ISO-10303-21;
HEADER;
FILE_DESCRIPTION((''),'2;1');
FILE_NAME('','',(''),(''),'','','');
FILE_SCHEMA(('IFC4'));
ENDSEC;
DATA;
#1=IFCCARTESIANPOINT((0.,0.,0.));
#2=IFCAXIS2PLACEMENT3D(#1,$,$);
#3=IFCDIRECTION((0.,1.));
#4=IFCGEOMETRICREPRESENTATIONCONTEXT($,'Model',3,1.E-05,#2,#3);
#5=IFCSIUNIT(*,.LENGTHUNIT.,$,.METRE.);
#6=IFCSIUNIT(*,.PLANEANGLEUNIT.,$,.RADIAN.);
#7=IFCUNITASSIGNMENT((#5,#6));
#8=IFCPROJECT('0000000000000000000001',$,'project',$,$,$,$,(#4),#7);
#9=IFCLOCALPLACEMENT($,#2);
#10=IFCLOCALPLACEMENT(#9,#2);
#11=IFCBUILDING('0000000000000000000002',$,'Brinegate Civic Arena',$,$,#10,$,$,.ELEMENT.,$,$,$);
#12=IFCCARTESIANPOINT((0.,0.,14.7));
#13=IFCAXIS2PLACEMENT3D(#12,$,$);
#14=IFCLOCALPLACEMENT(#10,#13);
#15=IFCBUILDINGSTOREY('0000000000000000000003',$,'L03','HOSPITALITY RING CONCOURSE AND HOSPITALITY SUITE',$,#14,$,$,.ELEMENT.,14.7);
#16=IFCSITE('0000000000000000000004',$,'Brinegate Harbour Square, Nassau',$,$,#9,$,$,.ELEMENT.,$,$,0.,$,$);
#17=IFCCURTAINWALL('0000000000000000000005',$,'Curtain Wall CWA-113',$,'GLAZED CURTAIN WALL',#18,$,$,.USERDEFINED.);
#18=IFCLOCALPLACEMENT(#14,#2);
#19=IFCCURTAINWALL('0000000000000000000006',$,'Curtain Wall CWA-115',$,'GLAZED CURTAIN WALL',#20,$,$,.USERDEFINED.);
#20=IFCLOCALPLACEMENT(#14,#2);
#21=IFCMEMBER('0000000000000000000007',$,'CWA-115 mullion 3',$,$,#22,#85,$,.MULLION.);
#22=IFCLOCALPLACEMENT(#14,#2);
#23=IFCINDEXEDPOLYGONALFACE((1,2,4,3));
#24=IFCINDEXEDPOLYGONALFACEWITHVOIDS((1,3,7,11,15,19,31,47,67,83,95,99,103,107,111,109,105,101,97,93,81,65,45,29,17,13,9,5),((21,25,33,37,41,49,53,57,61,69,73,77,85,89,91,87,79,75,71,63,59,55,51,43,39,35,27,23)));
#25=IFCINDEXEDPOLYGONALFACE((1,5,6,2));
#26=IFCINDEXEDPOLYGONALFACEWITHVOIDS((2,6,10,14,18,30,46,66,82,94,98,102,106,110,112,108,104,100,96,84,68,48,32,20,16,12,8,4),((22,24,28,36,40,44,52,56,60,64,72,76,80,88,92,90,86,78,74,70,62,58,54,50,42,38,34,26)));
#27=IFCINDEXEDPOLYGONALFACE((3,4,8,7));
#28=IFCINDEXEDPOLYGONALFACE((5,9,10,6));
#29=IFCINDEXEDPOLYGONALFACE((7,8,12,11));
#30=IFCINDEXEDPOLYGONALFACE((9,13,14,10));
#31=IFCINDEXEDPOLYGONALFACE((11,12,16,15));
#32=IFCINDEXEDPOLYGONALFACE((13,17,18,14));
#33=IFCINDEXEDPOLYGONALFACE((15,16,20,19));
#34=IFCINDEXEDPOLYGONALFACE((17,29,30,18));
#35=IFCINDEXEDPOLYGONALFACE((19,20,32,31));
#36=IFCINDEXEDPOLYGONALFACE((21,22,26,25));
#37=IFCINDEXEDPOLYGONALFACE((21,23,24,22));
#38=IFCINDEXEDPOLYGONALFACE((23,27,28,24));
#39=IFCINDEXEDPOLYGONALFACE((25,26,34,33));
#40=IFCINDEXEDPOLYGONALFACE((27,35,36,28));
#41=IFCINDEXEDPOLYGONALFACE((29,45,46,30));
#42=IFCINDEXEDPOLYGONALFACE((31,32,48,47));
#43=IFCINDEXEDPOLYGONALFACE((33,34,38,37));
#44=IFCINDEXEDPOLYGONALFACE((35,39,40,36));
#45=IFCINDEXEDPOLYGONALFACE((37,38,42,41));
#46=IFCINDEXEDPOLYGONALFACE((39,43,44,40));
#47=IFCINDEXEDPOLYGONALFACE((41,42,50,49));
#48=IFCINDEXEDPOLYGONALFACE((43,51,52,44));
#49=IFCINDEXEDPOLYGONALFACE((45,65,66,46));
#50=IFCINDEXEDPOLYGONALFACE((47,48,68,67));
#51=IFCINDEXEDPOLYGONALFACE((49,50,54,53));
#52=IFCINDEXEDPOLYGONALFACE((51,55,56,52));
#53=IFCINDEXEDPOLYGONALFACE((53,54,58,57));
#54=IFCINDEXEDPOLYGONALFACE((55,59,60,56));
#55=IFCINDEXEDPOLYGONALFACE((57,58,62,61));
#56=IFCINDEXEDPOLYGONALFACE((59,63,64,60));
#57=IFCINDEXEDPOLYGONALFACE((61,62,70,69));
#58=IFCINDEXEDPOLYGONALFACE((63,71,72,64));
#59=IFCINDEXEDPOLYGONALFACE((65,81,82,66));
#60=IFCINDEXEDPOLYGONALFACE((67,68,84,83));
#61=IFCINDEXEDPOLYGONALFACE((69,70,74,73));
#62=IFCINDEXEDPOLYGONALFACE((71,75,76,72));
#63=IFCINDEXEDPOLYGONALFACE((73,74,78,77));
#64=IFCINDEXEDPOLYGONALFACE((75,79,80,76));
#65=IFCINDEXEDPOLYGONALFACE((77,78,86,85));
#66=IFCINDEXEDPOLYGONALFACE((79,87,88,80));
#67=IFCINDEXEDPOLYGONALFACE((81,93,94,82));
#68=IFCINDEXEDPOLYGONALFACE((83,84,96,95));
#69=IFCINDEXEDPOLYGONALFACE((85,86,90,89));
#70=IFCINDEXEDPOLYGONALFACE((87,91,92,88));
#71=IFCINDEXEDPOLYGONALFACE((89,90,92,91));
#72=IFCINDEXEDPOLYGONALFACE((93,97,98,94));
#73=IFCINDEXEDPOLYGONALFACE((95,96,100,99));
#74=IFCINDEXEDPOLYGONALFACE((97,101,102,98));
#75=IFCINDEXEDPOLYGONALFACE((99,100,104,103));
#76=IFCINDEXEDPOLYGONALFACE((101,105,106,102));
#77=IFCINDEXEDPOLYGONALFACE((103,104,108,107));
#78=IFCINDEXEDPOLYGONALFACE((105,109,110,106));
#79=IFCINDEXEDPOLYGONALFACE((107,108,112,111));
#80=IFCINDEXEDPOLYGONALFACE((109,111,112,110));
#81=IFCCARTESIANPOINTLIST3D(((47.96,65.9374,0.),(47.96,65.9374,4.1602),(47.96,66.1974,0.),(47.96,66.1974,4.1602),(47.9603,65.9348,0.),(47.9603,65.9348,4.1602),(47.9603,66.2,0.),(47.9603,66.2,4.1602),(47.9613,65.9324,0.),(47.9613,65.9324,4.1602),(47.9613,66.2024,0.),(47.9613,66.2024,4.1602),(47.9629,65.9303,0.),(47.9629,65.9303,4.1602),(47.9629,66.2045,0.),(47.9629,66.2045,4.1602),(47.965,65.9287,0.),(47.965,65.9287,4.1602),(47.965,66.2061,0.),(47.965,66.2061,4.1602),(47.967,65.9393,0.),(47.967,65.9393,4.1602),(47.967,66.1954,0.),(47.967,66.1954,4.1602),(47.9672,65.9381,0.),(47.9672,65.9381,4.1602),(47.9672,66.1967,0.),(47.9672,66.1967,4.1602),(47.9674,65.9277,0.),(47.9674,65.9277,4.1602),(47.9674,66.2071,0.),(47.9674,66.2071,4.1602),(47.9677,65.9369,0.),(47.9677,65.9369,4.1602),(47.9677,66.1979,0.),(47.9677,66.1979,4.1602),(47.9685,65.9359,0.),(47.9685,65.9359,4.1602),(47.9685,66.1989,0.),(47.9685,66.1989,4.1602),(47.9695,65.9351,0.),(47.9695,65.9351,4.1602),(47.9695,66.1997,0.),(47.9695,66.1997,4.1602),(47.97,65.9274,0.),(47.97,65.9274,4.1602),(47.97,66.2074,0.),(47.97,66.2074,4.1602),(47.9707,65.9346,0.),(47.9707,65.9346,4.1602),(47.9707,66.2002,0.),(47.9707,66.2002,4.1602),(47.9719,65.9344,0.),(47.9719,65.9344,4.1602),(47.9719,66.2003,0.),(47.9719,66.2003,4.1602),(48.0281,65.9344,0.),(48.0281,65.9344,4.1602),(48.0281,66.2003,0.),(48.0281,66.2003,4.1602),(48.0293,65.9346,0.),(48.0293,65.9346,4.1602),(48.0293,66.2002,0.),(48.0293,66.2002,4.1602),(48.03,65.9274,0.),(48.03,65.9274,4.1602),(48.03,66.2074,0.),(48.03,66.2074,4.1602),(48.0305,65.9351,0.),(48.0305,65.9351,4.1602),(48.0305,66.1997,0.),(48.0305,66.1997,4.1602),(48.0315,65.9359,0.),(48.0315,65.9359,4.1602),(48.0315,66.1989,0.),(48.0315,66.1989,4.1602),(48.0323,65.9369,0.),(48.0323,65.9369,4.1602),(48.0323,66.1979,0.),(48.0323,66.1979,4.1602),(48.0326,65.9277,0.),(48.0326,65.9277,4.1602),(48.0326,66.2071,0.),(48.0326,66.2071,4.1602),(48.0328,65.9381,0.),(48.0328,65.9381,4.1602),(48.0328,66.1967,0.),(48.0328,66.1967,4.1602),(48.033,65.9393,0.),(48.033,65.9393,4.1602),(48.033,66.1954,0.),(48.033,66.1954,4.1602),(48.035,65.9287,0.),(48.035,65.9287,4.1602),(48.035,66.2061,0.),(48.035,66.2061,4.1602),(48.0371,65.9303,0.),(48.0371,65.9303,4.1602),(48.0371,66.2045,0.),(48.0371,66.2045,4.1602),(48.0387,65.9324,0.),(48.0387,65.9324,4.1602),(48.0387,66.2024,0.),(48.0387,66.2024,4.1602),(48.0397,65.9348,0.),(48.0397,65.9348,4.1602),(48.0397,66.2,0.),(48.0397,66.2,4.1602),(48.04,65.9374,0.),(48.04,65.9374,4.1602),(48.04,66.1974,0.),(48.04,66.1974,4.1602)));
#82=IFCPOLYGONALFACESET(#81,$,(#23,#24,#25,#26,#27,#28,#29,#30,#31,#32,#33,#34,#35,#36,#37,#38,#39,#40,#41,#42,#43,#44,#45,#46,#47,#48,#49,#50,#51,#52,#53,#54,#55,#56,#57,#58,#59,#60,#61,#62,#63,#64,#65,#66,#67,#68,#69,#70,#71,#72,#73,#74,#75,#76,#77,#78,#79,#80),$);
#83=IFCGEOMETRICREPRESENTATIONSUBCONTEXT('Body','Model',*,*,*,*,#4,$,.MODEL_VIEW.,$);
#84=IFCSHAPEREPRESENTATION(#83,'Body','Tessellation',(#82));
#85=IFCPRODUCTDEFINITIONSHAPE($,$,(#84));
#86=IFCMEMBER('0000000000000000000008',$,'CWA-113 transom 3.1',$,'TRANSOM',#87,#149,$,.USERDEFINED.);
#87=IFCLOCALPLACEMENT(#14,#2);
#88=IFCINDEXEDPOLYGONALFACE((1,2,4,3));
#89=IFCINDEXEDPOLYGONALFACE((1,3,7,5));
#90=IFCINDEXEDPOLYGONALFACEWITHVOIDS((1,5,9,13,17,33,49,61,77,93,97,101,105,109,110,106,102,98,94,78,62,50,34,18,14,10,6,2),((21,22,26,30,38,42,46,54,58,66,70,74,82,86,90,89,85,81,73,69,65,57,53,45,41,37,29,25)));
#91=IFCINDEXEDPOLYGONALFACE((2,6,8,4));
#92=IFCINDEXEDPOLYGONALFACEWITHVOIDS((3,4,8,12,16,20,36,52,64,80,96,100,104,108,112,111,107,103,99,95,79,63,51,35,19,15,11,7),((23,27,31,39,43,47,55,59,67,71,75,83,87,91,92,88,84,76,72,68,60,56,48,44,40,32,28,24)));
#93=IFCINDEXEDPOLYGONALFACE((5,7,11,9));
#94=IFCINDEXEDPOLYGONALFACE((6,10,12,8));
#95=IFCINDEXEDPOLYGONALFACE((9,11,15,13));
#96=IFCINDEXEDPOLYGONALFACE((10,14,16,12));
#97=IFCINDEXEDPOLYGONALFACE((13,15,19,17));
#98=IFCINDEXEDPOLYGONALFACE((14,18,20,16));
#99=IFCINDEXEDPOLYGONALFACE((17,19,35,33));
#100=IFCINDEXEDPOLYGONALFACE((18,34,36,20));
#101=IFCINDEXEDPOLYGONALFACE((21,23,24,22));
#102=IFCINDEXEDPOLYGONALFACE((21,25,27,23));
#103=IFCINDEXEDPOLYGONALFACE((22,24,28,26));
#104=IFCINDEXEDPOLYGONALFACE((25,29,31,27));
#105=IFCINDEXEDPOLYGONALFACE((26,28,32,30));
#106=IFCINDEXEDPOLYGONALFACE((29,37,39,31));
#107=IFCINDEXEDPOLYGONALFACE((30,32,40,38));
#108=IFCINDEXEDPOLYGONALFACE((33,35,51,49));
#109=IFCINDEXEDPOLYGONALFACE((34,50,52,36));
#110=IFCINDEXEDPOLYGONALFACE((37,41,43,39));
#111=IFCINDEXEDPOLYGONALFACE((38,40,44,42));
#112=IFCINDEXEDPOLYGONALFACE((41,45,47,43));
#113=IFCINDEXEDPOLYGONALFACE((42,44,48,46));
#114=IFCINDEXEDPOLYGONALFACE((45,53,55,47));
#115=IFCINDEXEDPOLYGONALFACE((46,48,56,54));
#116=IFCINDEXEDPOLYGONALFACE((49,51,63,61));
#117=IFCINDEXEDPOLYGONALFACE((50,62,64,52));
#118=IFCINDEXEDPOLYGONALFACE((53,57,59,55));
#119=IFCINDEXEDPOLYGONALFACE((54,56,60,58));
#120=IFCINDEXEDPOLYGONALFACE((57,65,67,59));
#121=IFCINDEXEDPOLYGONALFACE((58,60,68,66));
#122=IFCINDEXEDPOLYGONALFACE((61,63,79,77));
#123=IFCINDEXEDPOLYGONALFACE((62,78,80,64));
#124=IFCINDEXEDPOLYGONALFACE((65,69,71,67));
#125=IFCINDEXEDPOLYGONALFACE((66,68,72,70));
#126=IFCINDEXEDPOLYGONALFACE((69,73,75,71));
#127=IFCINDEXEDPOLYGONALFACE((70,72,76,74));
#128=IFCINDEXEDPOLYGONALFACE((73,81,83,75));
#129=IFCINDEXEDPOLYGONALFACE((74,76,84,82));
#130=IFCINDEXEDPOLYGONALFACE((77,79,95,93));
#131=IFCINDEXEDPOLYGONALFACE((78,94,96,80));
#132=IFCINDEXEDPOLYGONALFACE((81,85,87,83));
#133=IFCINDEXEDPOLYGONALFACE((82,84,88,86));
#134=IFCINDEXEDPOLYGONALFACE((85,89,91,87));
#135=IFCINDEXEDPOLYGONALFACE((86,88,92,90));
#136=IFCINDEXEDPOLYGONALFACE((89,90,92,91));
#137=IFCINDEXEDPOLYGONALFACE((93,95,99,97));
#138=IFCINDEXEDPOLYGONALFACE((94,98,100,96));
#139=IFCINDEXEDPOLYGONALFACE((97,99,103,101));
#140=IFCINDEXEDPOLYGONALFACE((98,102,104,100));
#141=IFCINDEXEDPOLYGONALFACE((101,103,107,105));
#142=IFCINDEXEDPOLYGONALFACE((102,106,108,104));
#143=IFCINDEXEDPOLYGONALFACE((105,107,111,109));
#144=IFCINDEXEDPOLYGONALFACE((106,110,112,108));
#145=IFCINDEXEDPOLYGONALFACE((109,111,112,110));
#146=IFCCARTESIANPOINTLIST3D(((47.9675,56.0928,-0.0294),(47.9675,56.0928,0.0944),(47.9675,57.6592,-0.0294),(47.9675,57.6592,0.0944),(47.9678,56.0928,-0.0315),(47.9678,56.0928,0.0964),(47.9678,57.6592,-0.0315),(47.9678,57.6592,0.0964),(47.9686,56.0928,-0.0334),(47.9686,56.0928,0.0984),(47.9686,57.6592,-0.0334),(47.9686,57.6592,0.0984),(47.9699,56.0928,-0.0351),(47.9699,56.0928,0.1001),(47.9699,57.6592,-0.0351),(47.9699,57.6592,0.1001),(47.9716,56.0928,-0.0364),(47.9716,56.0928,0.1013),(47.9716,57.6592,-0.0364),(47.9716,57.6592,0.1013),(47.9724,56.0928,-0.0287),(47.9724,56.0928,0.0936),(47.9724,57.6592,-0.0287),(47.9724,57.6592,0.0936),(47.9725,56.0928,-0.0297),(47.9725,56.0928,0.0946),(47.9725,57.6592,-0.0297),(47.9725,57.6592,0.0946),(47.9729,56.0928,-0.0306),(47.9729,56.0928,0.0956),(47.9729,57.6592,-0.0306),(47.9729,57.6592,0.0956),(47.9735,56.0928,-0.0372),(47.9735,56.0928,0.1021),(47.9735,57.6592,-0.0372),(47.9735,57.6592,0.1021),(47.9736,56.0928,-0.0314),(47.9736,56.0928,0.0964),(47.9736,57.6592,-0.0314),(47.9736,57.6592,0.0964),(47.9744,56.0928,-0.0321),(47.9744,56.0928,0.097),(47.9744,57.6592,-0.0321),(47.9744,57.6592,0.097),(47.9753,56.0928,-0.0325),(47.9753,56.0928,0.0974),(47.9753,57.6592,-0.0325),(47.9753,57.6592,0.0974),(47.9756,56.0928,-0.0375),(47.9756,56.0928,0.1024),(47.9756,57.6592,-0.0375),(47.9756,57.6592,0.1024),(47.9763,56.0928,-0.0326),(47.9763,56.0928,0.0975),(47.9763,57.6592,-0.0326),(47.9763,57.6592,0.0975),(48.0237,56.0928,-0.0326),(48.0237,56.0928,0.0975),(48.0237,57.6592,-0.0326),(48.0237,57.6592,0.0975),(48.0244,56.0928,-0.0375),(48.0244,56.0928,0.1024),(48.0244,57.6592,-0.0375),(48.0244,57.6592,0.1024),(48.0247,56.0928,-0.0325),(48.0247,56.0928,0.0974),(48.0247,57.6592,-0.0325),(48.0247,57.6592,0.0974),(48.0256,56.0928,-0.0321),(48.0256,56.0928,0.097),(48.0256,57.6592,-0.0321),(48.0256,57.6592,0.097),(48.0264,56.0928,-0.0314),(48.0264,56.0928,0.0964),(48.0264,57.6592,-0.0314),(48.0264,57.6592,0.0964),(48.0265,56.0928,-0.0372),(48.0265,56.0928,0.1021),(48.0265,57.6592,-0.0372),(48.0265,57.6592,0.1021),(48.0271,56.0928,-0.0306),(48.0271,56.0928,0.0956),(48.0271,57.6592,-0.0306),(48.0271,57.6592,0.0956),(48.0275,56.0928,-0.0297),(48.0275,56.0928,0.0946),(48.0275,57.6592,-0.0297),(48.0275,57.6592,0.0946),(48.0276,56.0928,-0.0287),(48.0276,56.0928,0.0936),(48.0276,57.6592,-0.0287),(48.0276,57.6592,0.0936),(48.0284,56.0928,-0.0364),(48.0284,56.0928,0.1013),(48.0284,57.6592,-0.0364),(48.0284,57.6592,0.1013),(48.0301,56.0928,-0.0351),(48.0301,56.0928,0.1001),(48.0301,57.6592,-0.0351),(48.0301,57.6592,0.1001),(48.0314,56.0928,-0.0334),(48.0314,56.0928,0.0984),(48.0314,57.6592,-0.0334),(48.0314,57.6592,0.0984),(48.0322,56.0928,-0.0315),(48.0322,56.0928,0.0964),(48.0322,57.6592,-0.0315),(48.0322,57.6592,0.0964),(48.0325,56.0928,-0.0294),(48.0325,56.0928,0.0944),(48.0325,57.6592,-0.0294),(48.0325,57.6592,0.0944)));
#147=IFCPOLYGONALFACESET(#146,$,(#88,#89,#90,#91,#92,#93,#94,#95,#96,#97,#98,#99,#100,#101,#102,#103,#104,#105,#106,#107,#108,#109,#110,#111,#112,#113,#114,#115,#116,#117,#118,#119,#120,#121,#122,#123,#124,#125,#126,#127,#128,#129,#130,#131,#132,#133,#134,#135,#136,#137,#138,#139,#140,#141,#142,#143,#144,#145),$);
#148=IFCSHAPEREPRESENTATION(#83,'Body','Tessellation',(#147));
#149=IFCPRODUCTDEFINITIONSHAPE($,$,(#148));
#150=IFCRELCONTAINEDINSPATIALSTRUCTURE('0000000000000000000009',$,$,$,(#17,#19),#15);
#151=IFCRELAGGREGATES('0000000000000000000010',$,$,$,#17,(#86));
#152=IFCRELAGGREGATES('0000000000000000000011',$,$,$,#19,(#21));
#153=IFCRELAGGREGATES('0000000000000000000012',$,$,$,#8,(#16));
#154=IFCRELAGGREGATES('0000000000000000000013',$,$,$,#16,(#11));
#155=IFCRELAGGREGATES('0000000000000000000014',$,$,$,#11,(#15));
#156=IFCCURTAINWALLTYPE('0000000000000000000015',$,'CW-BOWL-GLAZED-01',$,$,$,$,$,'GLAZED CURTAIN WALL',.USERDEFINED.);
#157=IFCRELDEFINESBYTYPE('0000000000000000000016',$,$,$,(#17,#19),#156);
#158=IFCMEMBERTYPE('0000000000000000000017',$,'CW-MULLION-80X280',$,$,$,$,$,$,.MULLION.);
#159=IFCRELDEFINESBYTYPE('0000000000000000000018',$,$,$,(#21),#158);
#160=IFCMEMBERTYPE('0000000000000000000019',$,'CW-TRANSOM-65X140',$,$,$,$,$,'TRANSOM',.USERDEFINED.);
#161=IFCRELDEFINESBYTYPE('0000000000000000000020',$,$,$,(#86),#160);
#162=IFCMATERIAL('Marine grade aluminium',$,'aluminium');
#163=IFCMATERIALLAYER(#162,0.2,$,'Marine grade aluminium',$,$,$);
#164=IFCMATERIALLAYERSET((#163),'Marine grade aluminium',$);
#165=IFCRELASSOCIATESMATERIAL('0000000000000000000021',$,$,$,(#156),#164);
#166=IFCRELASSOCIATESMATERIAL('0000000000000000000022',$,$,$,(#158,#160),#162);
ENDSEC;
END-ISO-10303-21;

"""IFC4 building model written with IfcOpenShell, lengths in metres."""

from ifc_helpers import new_model, si_unit, direction, frame, origin, origin_2d, place, context, subcontext, project, spatial, hollow_rectangle, extrude, material, layer, layer_set, material_profile, profile_set, type_object, element, aggregate, save


model = new_model("IFC4")

# Units and contexts
model_context = context("Model", 3, precision=1e-05, world=origin(), true_north=direction((0.0, 1.0)))
body_context = subcontext(model_context, "Body", "Model", "MODEL_VIEW")
ifc_project = project(units=[si_unit("LENGTHUNIT", "METRE"), si_unit("PLANEANGLEUNIT", "RADIAN")], contexts=[model_context])

# Site, building, storey
site_placement = place(None, origin())
site = spatial("IfcSite", under=ifc_project, at=site_placement, Name="Brinegate Harbour Square, Nassau", CompositionType="ELEMENT", RefElevation=0.0)
building_placement = place(site_placement, origin())
building = spatial("IfcBuilding", under=site, at=building_placement, Name="Brinegate Civic Arena", CompositionType="ELEMENT")
storey_placement = place(building_placement, frame((0.0, 0.0, 14.7)))
storey = spatial("IfcBuildingStorey", under=building, at=storey_placement, Name="L03", Description="HOSPITALITY RING CONCOURSE AND HOSPITALITY SUITE", CompositionType="ELEMENT", Elevation=14.7)

# Curtain walls, member
ifc_material_1 = material(Name="Marine grade aluminium", Category="aluminium")
ifc_layer_1 = layer(ifc_material_1, 0.2, Name="Marine grade aluminium")
ifc_layer_set_1 = layer_set([ifc_layer_1], Name="Marine grade aluminium")
curtain_wall_type = type_object("IfcCurtainWallType", Name="CW-BOWL-GLAZED-01", ElementType="GLAZED CURTAIN WALL", PredefinedType="USERDEFINED", material=ifc_layer_set_1)
curtain_wall_1_placement = place(storey_placement, origin())
curtain_wall_1 = element("IfcCurtainWall", 1, at=curtain_wall_1_placement, inside=storey, type_object=curtain_wall_type, Name="Curtain Wall CWA-113", ObjectType="GLAZED CURTAIN WALL", PredefinedType="USERDEFINED")
curtain_wall_2_placement = place(storey_placement, origin())
curtain_wall_2 = element("IfcCurtainWall", 2, at=curtain_wall_2_placement, inside=storey, type_object=curtain_wall_type, Name="Curtain Wall CWA-115", ObjectType="GLAZED CURTAIN WALL", PredefinedType="USERDEFINED")
ifc_material_profile_1 = material_profile(ifc_material_1, hollow_rectangle(XDim=0.0801, YDim=0.28, WallThickness=0.0071, InnerFilletRadius=0.0049, OuterFilletRadius=0.01, at=origin_2d()), Name="MUL80X280")
ifc_profile_set_1 = profile_set([ifc_material_profile_1], Name="Marine grade aluminium")
member_type_1 = type_object("IfcMemberType", Name="CW-MULLION-80X280", PredefinedType="MULLION", material=ifc_profile_set_1)
member_1_placement = place(storey_placement, frame((48.0, 66.0674, 0.0), z_axis=(0.0, 0.0, 1.0), x_axis=(-1.0, 0.0, 0.0)))
member_1 = element("IfcMember", 3, at=member_1_placement, type_object=member_type_1, Name="CWA-115 mullion 3", PredefinedType="MULLION", context=body_context, shape_type="SweptSolid", body=[
    extrude(hollow_rectangle(XDim=0.0801, YDim=0.28, WallThickness=0.0071, InnerFilletRadius=0.0049, OuterFilletRadius=0.01, at=origin_2d()), origin(), (0.0, 0.0, 1.0), 4.1602),
])

# Member
ifc_material_profile_2 = material_profile(ifc_material_1, hollow_rectangle(XDim=0.0649, YDim=0.1399, WallThickness=0.0049, InnerFilletRadius=0.0039, OuterFilletRadius=0.0081, at=origin_2d()), Name="TRN65X140")
ifc_profile_set_2 = profile_set([ifc_material_profile_2], Name="Marine grade aluminium")
member_type_2 = type_object("IfcMemberType", Name="CW-TRANSOM-65X140", ElementType="TRANSOM", PredefinedType="USERDEFINED", material=ifc_profile_set_2)
member_2_placement = place(storey_placement, frame((48.0, 56.0928, 0.0325), z_axis=(0.0, 1.0, 0.0), x_axis=(-1.0, 0.0, 0.0)))
member_2 = element("IfcMember", 4, at=member_2_placement, type_object=member_type_2, Name="CWA-113 transom 3.1", ObjectType="TRANSOM", PredefinedType="USERDEFINED", context=body_context, shape_type="SweptSolid", body=[
    extrude(hollow_rectangle(XDim=0.0649, YDim=0.1399, WallThickness=0.0049, InnerFilletRadius=0.0039, OuterFilletRadius=0.0081, at=origin_2d()), origin(), (0.0, 0.0, 1.0), 1.5664),
])

aggregate(curtain_wall_1, [member_2])
aggregate(curtain_wall_2, [member_1])

save(model, "model.ifc")
